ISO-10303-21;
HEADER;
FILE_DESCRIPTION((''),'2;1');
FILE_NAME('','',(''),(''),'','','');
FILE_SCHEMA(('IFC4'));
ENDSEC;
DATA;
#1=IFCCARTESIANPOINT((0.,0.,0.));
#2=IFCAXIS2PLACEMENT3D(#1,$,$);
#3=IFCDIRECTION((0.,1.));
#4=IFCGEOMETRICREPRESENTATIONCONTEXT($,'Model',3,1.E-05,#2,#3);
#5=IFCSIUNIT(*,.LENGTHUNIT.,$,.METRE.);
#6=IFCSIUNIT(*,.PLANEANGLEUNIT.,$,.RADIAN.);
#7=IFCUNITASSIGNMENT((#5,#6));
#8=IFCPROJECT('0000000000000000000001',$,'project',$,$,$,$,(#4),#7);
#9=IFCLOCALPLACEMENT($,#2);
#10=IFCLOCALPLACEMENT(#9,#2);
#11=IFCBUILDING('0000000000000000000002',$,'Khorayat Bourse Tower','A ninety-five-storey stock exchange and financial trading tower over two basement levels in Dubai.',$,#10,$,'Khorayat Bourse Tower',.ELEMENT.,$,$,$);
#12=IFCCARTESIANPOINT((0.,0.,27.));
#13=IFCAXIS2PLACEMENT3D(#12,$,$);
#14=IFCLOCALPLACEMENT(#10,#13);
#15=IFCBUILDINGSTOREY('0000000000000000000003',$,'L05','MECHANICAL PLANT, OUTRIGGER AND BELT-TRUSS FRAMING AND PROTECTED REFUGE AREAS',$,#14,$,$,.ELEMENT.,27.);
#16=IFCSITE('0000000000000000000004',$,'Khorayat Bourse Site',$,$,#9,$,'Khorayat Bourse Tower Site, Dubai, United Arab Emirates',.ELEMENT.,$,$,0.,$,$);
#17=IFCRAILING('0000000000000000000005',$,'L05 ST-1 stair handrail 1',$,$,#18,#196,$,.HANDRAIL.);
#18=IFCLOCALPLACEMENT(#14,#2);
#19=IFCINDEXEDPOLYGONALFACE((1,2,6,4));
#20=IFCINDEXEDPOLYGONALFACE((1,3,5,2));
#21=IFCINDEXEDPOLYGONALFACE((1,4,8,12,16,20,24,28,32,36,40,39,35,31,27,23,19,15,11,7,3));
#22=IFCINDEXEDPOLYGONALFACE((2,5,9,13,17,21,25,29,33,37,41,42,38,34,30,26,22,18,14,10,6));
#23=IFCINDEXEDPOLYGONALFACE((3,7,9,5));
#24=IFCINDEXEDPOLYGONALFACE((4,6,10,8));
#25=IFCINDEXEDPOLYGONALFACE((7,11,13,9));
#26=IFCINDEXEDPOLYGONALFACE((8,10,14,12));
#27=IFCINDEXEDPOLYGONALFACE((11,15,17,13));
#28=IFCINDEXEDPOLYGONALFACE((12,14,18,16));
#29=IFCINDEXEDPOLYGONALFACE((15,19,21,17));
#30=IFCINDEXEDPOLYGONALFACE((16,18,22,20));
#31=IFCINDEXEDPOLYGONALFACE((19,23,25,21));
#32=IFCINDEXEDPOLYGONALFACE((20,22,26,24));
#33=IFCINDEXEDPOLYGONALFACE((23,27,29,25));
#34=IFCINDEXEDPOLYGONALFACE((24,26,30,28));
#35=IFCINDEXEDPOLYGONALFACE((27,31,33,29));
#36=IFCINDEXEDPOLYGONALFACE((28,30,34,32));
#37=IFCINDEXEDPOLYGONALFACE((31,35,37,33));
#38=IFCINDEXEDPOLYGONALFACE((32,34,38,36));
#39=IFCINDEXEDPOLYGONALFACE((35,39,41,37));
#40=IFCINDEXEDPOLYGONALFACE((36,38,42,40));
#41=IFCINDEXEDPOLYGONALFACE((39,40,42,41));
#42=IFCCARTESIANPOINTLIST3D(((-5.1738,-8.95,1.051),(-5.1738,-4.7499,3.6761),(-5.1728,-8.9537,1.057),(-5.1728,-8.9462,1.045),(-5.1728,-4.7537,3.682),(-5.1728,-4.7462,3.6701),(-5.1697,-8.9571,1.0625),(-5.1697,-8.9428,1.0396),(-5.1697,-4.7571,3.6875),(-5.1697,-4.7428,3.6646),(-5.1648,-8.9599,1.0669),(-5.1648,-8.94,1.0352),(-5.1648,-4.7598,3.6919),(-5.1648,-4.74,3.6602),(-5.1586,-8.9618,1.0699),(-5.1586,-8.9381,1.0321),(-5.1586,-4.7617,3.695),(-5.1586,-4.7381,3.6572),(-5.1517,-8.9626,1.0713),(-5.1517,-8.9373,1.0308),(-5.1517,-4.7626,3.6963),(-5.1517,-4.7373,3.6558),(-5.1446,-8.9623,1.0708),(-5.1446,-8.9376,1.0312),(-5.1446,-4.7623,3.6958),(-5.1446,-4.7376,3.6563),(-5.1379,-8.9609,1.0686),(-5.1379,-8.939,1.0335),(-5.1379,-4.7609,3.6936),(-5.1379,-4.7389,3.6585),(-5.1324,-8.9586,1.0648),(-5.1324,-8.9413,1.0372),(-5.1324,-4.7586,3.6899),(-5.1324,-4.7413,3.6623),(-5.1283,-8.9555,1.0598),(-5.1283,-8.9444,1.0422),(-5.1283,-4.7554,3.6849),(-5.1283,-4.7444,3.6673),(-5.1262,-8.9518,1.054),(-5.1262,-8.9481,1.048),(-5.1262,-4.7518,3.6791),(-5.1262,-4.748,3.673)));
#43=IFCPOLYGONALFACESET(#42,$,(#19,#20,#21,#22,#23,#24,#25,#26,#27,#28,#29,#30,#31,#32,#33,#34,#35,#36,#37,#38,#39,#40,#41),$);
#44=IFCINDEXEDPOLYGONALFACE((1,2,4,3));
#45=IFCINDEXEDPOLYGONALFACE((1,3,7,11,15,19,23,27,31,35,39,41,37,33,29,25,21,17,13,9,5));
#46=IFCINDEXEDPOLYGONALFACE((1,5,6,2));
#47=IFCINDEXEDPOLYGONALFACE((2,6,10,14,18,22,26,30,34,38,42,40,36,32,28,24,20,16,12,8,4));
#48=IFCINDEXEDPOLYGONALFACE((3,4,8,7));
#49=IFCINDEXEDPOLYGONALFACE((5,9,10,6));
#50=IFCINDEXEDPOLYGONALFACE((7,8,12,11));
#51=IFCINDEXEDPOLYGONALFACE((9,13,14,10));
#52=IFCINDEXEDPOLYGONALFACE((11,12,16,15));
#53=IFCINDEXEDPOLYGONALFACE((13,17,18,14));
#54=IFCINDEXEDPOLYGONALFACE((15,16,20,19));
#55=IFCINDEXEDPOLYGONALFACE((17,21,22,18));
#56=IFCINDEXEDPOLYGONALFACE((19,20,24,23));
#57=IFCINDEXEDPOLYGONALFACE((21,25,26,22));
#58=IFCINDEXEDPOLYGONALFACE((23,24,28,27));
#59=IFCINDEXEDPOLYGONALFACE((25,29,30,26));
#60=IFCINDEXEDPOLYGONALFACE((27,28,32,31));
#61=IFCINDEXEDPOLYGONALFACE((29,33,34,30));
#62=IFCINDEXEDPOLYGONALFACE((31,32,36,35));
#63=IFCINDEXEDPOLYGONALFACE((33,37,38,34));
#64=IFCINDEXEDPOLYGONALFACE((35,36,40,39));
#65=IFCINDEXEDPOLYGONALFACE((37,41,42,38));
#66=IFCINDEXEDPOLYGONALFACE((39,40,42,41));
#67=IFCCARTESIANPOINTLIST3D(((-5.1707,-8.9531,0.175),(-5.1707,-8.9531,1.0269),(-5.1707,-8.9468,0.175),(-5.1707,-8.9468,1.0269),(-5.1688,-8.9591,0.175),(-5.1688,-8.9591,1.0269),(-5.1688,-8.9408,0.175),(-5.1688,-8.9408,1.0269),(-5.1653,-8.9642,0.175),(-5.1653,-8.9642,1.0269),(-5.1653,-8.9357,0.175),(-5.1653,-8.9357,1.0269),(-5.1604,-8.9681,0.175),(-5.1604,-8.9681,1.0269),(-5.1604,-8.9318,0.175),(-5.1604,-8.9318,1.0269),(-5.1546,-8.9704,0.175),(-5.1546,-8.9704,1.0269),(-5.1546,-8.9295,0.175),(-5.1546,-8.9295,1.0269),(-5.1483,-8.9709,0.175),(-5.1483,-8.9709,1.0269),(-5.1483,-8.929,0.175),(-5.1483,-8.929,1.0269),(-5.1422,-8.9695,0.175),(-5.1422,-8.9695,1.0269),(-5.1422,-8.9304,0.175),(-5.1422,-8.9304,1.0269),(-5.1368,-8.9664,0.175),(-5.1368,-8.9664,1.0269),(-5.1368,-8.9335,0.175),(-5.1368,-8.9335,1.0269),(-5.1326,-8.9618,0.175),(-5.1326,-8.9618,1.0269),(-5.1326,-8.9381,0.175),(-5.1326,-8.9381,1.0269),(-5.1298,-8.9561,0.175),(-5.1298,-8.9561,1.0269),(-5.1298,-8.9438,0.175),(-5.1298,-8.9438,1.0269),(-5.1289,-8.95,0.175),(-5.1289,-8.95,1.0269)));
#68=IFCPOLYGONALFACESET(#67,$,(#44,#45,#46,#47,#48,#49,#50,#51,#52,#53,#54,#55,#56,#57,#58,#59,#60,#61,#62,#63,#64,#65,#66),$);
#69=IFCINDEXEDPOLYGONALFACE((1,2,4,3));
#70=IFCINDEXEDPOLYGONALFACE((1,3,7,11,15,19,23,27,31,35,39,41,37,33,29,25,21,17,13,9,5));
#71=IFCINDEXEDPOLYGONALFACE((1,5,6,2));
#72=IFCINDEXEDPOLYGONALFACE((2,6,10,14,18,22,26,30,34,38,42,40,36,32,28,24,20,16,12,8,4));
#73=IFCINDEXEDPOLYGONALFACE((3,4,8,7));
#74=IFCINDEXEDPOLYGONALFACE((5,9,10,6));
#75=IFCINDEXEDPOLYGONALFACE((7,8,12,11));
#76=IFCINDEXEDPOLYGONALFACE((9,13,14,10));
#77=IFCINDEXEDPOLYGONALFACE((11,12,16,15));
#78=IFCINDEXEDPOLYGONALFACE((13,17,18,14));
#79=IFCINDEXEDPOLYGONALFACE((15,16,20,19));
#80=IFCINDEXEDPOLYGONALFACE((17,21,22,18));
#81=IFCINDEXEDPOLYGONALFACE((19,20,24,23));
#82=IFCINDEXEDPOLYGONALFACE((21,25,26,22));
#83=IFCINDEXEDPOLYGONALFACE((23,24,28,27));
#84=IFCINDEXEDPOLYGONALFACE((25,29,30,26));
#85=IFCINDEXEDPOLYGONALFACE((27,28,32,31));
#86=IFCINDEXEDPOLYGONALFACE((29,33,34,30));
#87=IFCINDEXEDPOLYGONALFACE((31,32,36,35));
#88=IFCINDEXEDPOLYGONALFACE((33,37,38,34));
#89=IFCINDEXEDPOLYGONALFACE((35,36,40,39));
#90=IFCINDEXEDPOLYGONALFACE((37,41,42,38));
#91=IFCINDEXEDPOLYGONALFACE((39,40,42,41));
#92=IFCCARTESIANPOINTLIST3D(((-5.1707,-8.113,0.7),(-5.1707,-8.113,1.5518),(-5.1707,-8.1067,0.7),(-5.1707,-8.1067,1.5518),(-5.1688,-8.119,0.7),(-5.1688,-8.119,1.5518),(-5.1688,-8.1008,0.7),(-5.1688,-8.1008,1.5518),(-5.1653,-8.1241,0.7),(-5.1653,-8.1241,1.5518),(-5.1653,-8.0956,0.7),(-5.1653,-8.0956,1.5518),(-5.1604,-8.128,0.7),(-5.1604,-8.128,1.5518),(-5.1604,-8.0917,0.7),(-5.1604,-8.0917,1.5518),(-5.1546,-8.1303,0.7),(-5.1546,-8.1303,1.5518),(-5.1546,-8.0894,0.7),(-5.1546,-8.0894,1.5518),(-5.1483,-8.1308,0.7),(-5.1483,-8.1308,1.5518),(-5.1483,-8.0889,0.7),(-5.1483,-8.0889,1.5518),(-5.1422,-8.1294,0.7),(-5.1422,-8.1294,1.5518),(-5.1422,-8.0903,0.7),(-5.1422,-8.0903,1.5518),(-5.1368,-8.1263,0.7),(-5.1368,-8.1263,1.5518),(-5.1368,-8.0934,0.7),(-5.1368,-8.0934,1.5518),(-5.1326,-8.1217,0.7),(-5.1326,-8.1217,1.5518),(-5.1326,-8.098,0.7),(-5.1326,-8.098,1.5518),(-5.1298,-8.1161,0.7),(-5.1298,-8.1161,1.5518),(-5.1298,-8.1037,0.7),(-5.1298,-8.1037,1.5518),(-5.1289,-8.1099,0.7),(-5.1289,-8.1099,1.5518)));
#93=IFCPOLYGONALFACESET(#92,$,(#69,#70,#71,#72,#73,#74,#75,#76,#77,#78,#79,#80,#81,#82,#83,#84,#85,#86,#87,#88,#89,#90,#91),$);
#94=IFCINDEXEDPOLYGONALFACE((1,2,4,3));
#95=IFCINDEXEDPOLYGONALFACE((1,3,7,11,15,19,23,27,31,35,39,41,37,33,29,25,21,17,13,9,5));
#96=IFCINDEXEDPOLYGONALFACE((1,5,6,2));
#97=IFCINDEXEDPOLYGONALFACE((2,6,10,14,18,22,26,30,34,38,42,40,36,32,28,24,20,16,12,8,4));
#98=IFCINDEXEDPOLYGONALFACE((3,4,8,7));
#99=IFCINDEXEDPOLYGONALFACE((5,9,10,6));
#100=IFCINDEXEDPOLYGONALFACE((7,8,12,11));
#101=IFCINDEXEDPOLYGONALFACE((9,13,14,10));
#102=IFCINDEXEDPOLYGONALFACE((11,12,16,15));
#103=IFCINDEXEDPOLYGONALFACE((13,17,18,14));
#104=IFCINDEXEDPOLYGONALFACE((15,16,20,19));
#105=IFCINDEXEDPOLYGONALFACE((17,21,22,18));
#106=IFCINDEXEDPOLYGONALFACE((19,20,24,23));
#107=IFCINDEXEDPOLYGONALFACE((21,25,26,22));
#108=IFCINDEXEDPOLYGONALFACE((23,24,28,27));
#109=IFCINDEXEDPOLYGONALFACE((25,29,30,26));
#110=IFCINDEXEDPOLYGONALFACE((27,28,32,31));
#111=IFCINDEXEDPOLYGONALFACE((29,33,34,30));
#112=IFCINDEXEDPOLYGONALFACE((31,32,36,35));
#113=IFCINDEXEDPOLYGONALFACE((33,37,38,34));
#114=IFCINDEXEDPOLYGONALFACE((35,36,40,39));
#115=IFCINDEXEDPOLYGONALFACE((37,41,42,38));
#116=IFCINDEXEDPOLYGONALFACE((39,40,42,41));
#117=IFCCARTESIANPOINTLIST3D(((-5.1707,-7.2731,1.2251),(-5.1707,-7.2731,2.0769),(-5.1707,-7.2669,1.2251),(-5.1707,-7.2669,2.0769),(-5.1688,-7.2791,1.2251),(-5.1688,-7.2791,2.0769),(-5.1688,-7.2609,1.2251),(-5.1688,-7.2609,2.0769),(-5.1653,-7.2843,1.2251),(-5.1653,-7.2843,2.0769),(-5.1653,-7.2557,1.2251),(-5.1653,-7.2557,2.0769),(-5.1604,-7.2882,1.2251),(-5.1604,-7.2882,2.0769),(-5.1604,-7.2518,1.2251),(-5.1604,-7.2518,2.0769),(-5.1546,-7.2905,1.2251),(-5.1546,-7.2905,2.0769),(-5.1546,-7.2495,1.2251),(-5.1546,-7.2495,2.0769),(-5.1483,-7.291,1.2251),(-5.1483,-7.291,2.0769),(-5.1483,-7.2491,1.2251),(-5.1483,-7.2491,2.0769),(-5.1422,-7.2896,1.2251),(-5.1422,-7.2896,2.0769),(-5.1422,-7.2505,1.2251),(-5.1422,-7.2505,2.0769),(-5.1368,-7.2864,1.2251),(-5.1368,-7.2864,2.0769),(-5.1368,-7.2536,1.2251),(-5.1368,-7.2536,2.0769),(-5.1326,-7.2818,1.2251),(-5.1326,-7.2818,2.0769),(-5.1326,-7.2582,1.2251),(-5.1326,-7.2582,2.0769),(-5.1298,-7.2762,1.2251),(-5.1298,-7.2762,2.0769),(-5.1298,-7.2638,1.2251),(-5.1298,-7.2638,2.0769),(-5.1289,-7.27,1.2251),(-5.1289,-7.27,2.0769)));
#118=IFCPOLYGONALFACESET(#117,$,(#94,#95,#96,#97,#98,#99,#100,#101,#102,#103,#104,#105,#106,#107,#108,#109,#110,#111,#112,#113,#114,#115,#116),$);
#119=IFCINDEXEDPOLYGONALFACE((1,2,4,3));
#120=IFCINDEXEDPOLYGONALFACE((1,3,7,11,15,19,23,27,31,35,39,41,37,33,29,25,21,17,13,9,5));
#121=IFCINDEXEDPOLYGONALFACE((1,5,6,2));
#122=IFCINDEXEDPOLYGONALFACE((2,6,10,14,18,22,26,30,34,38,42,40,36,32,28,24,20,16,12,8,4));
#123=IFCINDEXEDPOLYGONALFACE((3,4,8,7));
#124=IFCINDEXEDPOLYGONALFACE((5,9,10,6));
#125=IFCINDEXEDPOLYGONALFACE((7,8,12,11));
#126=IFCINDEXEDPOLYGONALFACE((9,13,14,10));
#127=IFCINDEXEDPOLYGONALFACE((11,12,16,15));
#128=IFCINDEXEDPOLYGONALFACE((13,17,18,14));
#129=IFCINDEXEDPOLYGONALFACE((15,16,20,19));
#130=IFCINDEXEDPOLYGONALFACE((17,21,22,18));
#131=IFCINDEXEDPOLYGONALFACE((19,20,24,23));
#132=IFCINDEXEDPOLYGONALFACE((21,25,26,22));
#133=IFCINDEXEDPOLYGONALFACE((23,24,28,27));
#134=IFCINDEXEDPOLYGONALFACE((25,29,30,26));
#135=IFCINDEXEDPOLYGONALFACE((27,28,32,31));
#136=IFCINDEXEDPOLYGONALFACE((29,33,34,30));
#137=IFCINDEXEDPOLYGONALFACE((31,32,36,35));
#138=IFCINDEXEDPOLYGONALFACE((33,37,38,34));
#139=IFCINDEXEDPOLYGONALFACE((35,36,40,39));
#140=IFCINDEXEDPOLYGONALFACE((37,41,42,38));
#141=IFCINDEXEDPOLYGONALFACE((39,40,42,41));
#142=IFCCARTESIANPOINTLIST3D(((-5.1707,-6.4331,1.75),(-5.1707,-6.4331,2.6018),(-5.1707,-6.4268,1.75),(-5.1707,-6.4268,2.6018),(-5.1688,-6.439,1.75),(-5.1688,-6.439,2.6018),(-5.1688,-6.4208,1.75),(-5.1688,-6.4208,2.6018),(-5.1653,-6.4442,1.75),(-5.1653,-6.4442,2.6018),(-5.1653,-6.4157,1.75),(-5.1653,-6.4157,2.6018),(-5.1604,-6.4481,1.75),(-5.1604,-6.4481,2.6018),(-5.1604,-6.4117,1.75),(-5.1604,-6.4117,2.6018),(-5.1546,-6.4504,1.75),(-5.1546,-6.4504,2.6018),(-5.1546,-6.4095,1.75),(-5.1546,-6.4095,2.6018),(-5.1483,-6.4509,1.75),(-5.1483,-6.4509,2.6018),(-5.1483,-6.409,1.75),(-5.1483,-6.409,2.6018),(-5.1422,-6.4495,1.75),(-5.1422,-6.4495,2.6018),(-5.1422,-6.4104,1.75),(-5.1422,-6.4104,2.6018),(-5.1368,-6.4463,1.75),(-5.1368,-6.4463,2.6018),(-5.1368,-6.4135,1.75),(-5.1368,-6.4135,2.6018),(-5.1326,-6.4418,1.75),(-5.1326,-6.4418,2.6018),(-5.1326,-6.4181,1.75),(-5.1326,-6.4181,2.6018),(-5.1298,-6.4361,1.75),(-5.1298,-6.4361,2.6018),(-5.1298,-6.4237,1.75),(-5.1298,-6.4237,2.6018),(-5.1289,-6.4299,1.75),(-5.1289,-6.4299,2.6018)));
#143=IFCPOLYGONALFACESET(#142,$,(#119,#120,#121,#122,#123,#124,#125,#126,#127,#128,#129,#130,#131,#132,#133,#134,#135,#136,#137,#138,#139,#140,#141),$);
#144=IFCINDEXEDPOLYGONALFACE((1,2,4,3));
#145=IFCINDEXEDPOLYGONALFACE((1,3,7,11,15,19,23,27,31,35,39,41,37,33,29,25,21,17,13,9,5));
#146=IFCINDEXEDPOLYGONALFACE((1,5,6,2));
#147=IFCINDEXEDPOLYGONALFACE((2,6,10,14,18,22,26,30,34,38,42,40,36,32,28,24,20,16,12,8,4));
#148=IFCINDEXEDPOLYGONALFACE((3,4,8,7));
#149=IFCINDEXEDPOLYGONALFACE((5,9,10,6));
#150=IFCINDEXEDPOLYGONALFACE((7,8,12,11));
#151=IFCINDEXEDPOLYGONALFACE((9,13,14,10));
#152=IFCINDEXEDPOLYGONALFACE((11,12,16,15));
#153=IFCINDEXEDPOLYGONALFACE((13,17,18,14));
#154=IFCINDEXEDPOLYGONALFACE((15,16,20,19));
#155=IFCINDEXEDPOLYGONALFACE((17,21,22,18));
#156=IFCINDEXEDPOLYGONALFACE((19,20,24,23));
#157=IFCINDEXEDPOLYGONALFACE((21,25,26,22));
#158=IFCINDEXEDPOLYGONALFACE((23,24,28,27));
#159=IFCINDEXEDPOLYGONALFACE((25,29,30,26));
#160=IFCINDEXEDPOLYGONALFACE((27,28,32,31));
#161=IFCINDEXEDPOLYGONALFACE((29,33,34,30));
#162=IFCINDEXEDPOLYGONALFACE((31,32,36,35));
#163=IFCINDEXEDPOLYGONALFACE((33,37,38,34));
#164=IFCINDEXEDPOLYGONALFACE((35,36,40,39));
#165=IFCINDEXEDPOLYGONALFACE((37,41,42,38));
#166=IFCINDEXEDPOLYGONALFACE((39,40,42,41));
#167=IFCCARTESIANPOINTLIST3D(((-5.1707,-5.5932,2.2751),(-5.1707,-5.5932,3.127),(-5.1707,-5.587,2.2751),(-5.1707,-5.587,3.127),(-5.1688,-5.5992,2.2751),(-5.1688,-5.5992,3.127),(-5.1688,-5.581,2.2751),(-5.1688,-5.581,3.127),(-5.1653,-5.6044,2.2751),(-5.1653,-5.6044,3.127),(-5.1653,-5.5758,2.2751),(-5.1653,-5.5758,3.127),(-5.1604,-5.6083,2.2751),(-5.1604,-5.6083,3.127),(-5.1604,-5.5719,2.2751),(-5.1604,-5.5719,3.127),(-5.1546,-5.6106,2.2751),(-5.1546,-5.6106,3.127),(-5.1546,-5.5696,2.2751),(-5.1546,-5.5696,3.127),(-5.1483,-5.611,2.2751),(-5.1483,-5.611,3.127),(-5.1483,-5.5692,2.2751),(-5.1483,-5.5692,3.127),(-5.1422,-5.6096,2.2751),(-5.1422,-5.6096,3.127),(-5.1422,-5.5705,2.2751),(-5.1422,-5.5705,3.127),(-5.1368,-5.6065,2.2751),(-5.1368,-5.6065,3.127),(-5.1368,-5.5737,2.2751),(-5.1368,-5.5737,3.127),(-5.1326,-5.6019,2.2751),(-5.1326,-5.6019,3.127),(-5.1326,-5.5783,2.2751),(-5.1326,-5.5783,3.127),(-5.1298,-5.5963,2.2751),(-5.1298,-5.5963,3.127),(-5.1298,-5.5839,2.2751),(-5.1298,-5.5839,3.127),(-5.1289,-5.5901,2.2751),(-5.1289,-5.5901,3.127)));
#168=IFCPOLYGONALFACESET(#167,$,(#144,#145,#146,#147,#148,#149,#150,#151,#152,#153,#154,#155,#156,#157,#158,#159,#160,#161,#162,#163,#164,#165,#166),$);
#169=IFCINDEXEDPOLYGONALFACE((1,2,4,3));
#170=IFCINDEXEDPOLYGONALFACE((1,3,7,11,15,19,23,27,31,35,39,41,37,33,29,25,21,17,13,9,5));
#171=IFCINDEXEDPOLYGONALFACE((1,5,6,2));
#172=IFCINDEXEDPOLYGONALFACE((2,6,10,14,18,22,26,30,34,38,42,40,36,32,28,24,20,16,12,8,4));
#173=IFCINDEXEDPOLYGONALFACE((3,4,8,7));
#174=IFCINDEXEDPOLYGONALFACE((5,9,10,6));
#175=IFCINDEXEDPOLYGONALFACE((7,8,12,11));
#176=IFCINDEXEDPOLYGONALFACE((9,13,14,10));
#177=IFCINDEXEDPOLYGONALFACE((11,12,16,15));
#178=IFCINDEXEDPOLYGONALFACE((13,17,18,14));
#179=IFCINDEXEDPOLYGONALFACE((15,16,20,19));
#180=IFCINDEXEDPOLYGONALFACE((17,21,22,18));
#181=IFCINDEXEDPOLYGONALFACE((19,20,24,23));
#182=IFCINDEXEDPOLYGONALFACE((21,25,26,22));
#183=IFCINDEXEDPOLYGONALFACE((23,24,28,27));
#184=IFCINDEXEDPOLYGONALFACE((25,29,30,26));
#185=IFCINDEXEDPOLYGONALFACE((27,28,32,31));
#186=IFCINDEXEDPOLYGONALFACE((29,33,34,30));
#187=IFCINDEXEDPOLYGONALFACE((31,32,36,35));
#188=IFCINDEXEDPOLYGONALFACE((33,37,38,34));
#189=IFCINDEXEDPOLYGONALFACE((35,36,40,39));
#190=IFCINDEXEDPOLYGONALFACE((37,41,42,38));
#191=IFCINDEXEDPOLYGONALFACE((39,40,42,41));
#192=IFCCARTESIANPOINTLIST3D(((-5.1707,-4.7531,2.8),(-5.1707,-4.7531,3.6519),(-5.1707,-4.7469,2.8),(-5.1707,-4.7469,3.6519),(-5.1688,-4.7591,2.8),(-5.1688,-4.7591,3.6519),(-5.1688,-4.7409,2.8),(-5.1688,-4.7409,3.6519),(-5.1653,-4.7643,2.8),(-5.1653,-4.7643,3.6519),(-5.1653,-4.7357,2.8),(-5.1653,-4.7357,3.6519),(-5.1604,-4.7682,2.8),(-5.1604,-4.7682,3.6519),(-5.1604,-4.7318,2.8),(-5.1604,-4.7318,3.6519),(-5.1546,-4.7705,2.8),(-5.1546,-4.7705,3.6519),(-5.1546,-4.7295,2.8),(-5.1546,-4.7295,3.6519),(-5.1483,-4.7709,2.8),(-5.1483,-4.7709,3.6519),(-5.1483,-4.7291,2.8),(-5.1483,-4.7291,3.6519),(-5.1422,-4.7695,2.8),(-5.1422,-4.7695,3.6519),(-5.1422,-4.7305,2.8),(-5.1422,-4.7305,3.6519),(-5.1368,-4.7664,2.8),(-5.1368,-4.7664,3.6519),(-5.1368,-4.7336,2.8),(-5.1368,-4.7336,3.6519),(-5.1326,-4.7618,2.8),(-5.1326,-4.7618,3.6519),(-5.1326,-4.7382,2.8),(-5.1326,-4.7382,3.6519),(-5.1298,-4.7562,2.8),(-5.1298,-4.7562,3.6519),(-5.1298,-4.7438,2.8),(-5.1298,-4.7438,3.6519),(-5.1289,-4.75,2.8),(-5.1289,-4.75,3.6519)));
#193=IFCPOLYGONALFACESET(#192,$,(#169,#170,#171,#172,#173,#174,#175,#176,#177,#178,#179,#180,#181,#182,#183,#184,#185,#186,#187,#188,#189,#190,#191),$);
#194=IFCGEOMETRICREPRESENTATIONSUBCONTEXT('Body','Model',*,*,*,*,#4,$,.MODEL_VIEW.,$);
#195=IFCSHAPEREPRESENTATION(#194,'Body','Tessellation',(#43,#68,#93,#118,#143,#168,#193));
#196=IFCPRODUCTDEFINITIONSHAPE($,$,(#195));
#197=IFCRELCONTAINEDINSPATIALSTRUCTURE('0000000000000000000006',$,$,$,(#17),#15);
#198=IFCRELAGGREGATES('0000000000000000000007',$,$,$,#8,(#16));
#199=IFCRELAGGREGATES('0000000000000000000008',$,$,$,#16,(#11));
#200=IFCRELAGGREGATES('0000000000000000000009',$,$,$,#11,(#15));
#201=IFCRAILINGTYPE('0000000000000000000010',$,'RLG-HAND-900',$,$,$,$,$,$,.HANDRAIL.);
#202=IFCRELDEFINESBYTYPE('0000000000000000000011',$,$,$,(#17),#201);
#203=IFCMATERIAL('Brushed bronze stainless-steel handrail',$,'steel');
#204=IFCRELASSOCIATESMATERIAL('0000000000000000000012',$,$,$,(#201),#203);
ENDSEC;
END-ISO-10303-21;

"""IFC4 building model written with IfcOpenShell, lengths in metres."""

from ifc_helpers import new_model, si_unit, direction, frame, origin, origin_2d, place, context, subcontext, project, spatial, circle, extrude, source, transform, mapped, material, type_object, element, save


model = new_model("IFC4")

# Units and contexts
model_context = context("Model", 3, precision=1e-05, world=origin(), true_north=direction((0.0, 1.0)))
body_context = subcontext(model_context, "Body", "Model", "MODEL_VIEW")
ifc_project = project(units=[si_unit("LENGTHUNIT", "METRE"), si_unit("PLANEANGLEUNIT", "RADIAN")], contexts=[model_context])

# Site, building, storey
site_placement = place(None, origin())
site = spatial("IfcSite", under=ifc_project, at=site_placement, Name="Khorayat Bourse Site", LongName="Khorayat Bourse Tower Site, Dubai, United Arab Emirates", CompositionType="ELEMENT", RefElevation=0.0)
building_placement = place(site_placement, origin())
building = spatial("IfcBuilding", under=site, at=building_placement, Name="Khorayat Bourse Tower", Description="A ninety-five-storey stock exchange and financial trading tower over two basement levels in Dubai.", LongName="Khorayat Bourse Tower", CompositionType="ELEMENT")
storey_placement = place(building_placement, frame((0.0, 0.0, 27.0)))
storey = spatial("IfcBuildingStorey", under=building, at=storey_placement, Name="L05", Description="MECHANICAL PLANT, OUTRIGGER AND BELT-TRUSS FRAMING AND PROTECTED REFUGE AREAS", CompositionType="ELEMENT", Elevation=27.0)

# Railing
ifc_material_1 = material(Name="Brushed bronze stainless-steel handrail", Category="steel")
railing_type_1 = type_object("IfcRailingType", Name="RLG-HAND-900", PredefinedType="HANDRAIL", material=ifc_material_1)
shared_shape_1 = source(origin(), body_context, "Body", "SweptSolid", [
    extrude(circle(Radius=0.0239, at=origin_2d()), frame((0.0, 0.0, 0.876), z_axis=(0.0, 0.847996, 0.530003), x_axis=(-1.0, 0.0, 0.0)), (0.0, 0.0, 1.0), 4.9529),
    extrude(circle(Radius=0.021, at=origin_2d()), origin(), (0.0, 0.0, 1.0), 0.8518),
    extrude(circle(Radius=0.021, at=origin_2d()), frame((0.0, 0.8401, 0.5249)), (0.0, 0.0, 1.0), 0.8518),
    extrude(circle(Radius=0.021, at=origin_2d()), frame((0.0, 1.6799, 1.05)), (0.0, 0.0, 1.0), 0.8518),
    extrude(circle(Radius=0.021, at=origin_2d()), frame((0.0, 2.52, 1.575)), (0.0, 0.0, 1.0), 0.8518),
    extrude(circle(Radius=0.021, at=origin_2d()), frame((0.0, 3.3599, 2.1001)), (0.0, 0.0, 1.0), 0.8518),
    extrude(circle(Radius=0.021, at=origin_2d()), frame((0.0, 4.2, 2.625)), (0.0, 0.0, 1.0), 0.8518),
])
railing_1_placement = place(storey_placement, frame((-5.1499, -8.95, 0.175)))
element("IfcRailing", 1, at=railing_1_placement, inside=storey, type_object=railing_type_1, Name="L05 ST-1 stair handrail 1", PredefinedType="HANDRAIL", context=body_context, shape_type="MappedRepresentation", body=[
    mapped(shared_shape_1, transform((0.0, 0.0, 0.0), scale=1.0)),
])

save(model, "model.ifc")
